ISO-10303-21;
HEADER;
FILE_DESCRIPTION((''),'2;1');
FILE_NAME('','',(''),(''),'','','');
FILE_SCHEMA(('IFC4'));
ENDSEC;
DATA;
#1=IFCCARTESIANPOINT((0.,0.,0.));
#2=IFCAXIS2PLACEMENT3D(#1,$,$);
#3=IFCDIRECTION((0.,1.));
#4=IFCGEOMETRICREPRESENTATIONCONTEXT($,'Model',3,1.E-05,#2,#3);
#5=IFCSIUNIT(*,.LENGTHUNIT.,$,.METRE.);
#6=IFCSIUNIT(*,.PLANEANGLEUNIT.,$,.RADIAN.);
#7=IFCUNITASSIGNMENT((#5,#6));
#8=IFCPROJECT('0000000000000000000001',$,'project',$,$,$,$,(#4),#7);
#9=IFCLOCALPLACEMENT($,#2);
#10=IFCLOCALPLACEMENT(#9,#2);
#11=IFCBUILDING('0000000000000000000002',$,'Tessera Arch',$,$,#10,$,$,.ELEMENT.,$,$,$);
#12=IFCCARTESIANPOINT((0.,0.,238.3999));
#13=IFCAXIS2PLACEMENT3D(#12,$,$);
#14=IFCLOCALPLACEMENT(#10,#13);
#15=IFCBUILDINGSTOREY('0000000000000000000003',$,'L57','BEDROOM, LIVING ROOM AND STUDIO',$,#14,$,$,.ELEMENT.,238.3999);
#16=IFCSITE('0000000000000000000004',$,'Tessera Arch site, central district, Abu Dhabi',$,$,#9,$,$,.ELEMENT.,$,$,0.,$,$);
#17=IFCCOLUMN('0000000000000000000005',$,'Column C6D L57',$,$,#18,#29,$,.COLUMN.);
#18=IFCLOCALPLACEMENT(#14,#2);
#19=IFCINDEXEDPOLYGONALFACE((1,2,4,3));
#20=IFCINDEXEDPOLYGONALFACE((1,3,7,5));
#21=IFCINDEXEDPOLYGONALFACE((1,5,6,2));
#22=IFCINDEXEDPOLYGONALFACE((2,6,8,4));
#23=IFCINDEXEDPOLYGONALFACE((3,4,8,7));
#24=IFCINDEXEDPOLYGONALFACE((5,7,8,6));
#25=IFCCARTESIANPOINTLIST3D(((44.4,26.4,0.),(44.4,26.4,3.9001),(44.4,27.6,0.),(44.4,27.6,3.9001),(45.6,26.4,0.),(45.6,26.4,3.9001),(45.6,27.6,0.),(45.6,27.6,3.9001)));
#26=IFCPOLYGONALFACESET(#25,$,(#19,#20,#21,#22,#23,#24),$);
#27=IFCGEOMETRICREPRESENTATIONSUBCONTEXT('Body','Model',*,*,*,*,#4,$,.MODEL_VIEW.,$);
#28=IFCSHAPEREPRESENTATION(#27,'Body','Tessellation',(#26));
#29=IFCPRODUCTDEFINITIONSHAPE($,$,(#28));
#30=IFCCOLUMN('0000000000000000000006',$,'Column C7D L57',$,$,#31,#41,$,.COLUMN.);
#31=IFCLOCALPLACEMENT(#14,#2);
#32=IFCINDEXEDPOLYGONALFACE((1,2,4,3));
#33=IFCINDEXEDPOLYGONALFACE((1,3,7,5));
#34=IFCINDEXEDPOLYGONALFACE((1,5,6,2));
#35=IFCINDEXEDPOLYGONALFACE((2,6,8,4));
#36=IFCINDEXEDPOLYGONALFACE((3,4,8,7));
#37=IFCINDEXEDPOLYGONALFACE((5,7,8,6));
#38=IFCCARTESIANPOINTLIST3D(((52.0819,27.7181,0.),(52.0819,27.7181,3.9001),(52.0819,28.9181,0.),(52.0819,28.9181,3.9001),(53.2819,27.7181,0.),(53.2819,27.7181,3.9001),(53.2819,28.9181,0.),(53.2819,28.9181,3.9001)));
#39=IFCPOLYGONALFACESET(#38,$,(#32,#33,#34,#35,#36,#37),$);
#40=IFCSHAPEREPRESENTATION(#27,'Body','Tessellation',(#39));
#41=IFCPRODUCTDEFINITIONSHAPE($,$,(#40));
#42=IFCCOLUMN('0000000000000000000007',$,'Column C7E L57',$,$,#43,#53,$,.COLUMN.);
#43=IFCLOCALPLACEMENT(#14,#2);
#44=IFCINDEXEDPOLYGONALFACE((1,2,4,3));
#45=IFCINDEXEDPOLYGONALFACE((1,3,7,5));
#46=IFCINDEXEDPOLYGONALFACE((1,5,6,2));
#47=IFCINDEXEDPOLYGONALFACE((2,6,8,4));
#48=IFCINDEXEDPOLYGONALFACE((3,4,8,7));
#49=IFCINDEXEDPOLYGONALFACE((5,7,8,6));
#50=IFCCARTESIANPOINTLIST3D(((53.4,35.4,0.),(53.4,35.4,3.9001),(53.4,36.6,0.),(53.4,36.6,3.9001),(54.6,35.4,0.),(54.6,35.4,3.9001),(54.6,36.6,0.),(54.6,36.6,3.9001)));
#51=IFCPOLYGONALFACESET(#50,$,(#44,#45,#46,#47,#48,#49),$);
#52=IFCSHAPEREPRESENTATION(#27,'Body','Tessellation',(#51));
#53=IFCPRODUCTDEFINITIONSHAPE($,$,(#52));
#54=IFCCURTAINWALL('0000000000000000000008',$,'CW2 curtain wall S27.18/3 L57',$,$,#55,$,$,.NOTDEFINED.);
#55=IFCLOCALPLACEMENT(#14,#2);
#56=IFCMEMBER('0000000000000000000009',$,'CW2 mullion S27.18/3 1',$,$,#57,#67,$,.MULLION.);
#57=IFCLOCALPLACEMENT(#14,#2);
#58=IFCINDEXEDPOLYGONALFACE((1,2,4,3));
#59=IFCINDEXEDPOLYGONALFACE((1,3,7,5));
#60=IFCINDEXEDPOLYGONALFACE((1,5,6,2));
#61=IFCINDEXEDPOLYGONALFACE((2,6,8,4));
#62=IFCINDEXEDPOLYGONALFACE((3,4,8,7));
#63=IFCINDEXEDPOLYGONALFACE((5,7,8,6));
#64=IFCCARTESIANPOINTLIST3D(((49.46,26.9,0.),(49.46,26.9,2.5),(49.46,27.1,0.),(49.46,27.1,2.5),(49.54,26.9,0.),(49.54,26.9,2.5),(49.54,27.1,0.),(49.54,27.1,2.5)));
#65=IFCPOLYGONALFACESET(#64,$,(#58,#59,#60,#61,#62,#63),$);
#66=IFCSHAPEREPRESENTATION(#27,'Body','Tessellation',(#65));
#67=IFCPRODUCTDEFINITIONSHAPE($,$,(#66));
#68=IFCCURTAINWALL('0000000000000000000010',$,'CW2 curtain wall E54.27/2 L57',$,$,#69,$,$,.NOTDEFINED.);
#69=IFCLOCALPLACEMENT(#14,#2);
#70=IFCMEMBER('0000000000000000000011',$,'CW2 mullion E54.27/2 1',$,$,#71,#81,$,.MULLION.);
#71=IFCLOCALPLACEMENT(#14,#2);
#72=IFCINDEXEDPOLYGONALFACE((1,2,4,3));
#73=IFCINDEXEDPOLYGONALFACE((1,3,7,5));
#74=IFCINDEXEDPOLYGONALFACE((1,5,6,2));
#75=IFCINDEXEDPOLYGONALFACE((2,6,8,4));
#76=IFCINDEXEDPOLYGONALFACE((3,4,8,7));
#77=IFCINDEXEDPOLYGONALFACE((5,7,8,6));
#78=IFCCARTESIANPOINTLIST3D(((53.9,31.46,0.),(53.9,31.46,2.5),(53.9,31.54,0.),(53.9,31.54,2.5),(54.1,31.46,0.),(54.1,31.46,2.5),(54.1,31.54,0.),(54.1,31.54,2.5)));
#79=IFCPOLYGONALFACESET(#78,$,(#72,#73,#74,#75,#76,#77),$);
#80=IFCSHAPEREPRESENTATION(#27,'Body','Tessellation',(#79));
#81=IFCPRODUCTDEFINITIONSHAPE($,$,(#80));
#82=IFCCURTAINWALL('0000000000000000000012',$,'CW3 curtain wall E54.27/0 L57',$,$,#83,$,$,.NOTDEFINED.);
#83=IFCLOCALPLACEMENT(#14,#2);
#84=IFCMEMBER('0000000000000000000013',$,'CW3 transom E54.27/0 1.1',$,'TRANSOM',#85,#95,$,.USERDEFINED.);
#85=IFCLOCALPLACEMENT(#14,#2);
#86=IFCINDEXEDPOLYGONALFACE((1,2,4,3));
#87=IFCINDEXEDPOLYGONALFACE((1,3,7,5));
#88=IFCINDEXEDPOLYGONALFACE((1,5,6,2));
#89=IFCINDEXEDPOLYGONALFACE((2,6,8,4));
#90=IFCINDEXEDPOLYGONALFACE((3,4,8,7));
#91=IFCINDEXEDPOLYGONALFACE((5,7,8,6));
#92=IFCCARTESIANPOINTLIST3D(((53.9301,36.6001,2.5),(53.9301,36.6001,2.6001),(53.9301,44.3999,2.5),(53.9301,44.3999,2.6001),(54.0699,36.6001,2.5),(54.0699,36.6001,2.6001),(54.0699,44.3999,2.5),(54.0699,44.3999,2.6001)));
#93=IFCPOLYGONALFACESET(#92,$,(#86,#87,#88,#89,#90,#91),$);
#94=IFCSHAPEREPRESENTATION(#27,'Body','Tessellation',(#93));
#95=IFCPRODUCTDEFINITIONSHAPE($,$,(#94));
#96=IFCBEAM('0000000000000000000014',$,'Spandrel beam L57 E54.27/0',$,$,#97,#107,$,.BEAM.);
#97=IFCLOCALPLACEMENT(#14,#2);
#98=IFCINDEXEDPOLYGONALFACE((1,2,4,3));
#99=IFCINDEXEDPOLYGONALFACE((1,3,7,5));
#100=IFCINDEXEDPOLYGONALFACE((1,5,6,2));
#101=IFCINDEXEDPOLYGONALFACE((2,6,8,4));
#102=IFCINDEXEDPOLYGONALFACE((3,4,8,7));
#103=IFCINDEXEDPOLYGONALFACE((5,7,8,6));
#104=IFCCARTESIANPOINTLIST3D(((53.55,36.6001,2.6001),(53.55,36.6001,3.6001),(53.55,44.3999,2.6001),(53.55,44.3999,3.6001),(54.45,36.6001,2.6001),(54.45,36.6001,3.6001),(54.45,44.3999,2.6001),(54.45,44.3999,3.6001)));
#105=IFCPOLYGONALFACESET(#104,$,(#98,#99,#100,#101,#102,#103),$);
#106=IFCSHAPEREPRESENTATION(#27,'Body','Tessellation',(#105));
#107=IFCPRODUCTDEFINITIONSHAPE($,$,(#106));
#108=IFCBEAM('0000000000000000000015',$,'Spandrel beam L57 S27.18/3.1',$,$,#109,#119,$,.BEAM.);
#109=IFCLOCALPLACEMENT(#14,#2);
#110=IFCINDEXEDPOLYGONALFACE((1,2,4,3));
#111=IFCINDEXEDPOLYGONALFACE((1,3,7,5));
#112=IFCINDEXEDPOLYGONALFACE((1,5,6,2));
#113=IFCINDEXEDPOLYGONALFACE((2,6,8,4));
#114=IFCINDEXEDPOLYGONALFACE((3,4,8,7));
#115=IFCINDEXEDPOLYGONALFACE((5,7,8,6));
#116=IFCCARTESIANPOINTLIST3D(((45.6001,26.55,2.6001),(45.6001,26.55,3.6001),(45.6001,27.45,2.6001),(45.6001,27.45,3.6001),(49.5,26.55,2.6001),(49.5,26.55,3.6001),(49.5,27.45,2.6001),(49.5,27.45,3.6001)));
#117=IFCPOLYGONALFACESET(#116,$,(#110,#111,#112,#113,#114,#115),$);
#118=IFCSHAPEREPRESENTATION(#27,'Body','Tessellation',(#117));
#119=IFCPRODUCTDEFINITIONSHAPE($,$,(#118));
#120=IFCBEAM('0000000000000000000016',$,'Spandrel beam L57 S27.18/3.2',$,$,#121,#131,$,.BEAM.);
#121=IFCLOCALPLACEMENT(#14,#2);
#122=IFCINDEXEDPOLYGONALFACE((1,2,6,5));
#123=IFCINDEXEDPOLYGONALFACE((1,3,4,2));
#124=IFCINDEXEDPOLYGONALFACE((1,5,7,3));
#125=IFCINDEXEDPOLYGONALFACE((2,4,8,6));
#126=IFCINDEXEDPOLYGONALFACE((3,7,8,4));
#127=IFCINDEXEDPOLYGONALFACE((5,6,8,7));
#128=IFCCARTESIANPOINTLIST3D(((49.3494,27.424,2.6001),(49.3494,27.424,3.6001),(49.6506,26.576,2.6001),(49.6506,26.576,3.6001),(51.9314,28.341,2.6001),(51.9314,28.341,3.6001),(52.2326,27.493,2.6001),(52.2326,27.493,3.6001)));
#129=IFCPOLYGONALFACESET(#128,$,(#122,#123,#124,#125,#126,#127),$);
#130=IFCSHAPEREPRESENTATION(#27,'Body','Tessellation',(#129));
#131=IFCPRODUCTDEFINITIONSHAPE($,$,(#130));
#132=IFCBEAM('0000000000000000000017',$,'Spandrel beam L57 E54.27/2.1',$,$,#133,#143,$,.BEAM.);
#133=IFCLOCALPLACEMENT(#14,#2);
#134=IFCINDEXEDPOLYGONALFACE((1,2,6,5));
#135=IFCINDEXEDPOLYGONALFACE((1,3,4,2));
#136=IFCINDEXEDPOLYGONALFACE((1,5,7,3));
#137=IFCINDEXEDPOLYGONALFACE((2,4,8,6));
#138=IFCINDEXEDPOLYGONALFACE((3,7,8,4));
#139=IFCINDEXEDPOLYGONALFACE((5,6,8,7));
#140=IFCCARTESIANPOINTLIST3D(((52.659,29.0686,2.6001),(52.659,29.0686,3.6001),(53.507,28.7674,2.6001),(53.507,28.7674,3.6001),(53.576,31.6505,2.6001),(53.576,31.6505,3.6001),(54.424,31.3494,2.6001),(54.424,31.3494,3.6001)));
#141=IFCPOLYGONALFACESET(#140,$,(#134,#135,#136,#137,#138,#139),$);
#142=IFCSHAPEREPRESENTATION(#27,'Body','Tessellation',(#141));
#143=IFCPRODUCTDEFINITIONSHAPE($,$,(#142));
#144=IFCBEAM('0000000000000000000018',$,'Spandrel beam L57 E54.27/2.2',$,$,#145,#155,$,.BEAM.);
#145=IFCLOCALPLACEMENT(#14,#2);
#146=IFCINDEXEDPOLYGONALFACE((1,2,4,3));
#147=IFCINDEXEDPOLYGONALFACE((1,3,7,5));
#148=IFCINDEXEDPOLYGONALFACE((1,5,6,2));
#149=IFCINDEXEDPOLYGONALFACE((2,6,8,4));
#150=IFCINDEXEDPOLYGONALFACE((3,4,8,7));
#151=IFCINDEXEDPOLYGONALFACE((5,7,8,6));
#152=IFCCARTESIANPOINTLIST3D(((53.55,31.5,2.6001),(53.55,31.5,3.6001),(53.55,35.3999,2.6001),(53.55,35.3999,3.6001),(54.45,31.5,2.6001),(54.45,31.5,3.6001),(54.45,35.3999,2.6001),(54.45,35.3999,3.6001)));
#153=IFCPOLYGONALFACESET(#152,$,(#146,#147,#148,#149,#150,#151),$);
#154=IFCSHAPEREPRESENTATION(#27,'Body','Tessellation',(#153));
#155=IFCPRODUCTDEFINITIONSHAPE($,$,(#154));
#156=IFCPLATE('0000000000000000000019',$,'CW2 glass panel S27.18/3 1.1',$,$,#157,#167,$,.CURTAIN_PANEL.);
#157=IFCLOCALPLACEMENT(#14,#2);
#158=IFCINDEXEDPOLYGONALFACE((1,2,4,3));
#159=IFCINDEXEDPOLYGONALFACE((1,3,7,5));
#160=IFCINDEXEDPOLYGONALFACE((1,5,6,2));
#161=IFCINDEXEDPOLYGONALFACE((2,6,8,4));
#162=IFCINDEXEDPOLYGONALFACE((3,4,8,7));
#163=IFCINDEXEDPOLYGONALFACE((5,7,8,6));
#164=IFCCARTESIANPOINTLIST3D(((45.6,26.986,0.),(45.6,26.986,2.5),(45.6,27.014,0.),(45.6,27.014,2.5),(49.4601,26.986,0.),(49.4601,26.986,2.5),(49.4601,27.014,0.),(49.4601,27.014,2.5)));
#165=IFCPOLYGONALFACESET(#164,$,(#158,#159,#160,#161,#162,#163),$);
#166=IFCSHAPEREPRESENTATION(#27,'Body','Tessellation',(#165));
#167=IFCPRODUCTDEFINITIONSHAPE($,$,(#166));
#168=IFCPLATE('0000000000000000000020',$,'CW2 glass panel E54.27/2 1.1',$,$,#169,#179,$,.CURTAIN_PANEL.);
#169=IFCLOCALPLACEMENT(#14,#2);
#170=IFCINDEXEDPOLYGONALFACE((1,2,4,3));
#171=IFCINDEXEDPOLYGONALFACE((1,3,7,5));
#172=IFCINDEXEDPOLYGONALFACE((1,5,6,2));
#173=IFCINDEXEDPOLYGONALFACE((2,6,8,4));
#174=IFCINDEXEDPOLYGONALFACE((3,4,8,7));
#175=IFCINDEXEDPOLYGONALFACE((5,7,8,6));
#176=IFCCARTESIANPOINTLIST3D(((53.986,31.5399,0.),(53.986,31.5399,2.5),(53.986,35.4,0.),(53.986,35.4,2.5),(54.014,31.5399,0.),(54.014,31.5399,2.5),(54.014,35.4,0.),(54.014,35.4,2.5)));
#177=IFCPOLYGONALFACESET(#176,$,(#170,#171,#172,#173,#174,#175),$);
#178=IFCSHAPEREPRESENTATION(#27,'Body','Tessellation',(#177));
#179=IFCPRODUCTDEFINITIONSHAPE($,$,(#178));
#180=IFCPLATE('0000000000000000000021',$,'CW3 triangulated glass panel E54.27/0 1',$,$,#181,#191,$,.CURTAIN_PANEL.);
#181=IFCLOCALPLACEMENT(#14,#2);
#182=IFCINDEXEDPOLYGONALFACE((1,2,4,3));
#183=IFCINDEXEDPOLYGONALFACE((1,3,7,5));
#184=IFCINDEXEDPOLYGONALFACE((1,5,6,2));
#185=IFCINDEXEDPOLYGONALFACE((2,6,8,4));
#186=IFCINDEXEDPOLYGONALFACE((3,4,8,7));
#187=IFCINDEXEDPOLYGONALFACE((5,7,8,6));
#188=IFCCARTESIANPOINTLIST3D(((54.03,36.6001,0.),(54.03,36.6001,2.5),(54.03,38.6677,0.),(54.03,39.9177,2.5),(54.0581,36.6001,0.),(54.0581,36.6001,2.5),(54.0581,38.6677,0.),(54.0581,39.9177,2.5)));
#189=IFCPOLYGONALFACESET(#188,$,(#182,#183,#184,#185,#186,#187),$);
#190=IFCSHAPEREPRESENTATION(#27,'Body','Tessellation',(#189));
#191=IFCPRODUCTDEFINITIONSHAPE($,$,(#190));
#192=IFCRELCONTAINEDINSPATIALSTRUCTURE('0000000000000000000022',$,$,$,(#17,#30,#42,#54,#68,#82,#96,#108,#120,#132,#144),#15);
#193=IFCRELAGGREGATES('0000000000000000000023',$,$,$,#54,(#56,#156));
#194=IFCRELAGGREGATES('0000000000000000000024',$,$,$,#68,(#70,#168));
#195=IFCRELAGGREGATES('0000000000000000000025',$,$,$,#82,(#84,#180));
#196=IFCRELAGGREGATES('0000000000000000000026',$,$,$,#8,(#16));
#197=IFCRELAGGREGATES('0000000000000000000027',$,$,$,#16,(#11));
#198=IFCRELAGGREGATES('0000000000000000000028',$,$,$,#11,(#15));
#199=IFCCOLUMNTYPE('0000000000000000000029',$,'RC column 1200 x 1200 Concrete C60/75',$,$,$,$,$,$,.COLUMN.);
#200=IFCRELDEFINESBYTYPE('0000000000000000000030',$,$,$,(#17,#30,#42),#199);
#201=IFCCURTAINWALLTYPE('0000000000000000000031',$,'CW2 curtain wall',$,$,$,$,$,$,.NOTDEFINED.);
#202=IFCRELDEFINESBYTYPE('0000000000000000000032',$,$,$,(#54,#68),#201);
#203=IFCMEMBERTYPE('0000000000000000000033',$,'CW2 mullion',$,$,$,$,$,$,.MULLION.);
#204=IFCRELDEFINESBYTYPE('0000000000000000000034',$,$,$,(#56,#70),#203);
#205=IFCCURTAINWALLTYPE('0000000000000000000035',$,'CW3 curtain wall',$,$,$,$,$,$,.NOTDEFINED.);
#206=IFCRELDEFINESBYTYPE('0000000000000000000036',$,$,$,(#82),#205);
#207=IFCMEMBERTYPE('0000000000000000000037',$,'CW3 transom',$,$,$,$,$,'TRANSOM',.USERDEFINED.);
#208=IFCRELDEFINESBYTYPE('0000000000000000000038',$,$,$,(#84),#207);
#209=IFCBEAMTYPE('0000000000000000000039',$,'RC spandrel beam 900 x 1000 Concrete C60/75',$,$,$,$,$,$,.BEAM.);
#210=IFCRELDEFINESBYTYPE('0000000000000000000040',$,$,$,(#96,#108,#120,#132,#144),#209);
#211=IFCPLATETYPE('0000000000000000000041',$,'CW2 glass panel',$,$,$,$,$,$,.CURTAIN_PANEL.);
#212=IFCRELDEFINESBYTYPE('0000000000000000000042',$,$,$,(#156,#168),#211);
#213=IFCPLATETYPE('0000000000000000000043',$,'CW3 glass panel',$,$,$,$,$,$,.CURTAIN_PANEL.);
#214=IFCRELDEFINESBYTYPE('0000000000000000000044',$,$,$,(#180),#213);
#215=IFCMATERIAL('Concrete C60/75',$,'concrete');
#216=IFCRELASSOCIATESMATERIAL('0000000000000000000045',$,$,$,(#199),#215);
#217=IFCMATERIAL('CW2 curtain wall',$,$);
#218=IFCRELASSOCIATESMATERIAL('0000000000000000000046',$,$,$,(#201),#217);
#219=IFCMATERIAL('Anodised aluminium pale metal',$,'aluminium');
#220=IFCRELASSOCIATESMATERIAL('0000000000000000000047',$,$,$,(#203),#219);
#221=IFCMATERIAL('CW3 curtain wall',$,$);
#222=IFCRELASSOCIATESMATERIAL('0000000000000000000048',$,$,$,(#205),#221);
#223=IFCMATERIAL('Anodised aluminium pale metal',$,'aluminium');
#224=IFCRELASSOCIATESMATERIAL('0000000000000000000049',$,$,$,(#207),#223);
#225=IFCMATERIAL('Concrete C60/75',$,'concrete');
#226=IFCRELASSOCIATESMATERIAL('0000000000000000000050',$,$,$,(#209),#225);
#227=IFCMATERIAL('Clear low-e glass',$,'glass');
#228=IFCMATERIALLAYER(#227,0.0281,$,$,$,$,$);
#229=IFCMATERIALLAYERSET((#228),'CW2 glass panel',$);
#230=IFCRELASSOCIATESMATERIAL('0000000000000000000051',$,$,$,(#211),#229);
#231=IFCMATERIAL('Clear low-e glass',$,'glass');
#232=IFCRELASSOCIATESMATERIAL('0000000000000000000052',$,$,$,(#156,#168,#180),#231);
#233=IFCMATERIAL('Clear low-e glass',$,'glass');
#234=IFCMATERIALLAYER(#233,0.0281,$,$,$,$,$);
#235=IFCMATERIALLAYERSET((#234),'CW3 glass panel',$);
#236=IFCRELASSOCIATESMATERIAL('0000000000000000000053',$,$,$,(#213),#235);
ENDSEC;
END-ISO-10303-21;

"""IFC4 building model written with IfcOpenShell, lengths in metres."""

from ifc_helpers import new_model, si_unit, direction, frame, origin, origin_2d, place, context, subcontext, project, spatial, polyline, rectangle, outline, extrude, material, layer, layer_set, material_profile, profile_set, type_object, element, aggregate, save


model = new_model("IFC4")

# Units and contexts
model_context = context("Model", 3, precision=1e-05, world=origin(), true_north=direction((0.0, 1.0)))
body_context = subcontext(model_context, "Body", "Model", "MODEL_VIEW")
ifc_project = project(units=[si_unit("LENGTHUNIT", "METRE"), si_unit("PLANEANGLEUNIT", "RADIAN")], contexts=[model_context])

# Site, building, storey
site_placement = place(None, origin())
site = spatial("IfcSite", under=ifc_project, at=site_placement, Name="Tessera Arch site, central district, Abu Dhabi", CompositionType="ELEMENT", RefElevation=0.0)
building_placement = place(site_placement, origin())
building = spatial("IfcBuilding", under=site, at=building_placement, Name="Tessera Arch", CompositionType="ELEMENT")
storey_placement = place(building_placement, frame((0.0, 0.0, 238.3999)))
storey = spatial("IfcBuildingStorey", under=building, at=storey_placement, Name="L57", Description="BEDROOM, LIVING ROOM AND STUDIO", CompositionType="ELEMENT", Elevation=238.3999)

# Columns
ifc_material_1 = material(Name="Concrete C60/75", Category="concrete")
ifc_material_profile_1 = material_profile(ifc_material_1, rectangle(XDim=1.2, YDim=1.2, at=origin_2d()), Name="RC column 1200 x 1200 Concrete C60/75")
ifc_profile_set_1 = profile_set([ifc_material_profile_1], Name="Concrete C60/75")
column_type = type_object("IfcColumnType", Name="RC column 1200 x 1200 Concrete C60/75", PredefinedType="COLUMN", material=ifc_profile_set_1)
for number, where, z_axis, x_axis, name in (
    (1, (45.0, 27.0, 0.0), (0.0, 0.0, 1.0), (1.0, 0.0, 0.0), "Column C6D L57"),
    (2, (52.6819, 28.3181, 0.0), (0.0, 0.0, 1.0), (1.0, 0.0, 0.0), "Column C7D L57"),
    (3, (54.0, 36.0, 0.0), (0.0, 0.0, 1.0), (1.0, 0.0, 0.0), "Column C7E L57"),
):
    element("IfcColumn", number, at=place(storey_placement, frame(where, z_axis=z_axis, x_axis=x_axis)), inside=storey, type_object=column_type, Name=name, PredefinedType="COLUMN", context=body_context, shape_type="SweptSolid", body=[
        extrude(rectangle(XDim=1.2, YDim=1.2, at=origin_2d()), origin(), (0.0, 0.0, 1.0), 3.9001),
    ])

# Curtain walls, members
ifc_material_2 = material(Name="CW2 curtain wall")
curtain_wall_type_1 = type_object("IfcCurtainWallType", Name="CW2 curtain wall", PredefinedType="NOTDEFINED", material=ifc_material_2)
curtain_wall_1_placement = place(storey_placement, origin())
curtain_wall_1 = element("IfcCurtainWall", 4, at=curtain_wall_1_placement, inside=storey, type_object=curtain_wall_type_1, Name="CW2 curtain wall S27.18/3 L57", PredefinedType="NOTDEFINED")
ifc_material_3 = material(Name="Anodised aluminium pale metal", Category="aluminium")
ifc_material_profile_2 = material_profile(ifc_material_3, rectangle(XDim=0.2, YDim=0.0801, at=origin_2d()), Name="AL 80x200")
ifc_profile_set_2 = profile_set([ifc_material_profile_2], Name="Anodised aluminium pale metal")
member_type_1 = type_object("IfcMemberType", Name="CW2 mullion", PredefinedType="MULLION", material=ifc_profile_set_2)
member_1_placement = place(storey_placement, frame((49.5, 27.0, 0.0), z_axis=(0.0, 0.0, 1.0), x_axis=(0.0, 1.0, 0.0)))
member_1 = element("IfcMember", 5, at=member_1_placement, type_object=member_type_1, Name="CW2 mullion S27.18/3 1", PredefinedType="MULLION", context=body_context, shape_type="SweptSolid", body=[
    extrude(rectangle(XDim=0.2, YDim=0.0801, at=origin_2d()), origin(), (0.0, 0.0, 1.0), 2.5),
])
curtain_wall_2_placement = place(storey_placement, origin())
curtain_wall_2 = element("IfcCurtainWall", 6, at=curtain_wall_2_placement, inside=storey, type_object=curtain_wall_type_1, Name="CW2 curtain wall E54.27/2 L57", PredefinedType="NOTDEFINED")
member_2_placement = place(storey_placement, frame((54.0, 31.5, 0.0), z_axis=(0.0, 0.0, 1.0), x_axis=(-1.0, 0.0, 0.0)))
member_2 = element("IfcMember", 7, at=member_2_placement, type_object=member_type_1, Name="CW2 mullion E54.27/2 1", PredefinedType="MULLION", context=body_context, shape_type="SweptSolid", body=[
    extrude(rectangle(XDim=0.2, YDim=0.0801, at=origin_2d()), origin(), (0.0, 0.0, 1.0), 2.5),
])
ifc_material_4 = material(Name="CW3 curtain wall")
curtain_wall_type_2 = type_object("IfcCurtainWallType", Name="CW3 curtain wall", PredefinedType="NOTDEFINED", material=ifc_material_4)
curtain_wall_3_placement = place(storey_placement, origin())
curtain_wall_3 = element("IfcCurtainWall", 8, at=curtain_wall_3_placement, inside=storey, type_object=curtain_wall_type_2, Name="CW3 curtain wall E54.27/0 L57", PredefinedType="NOTDEFINED")
ifc_material_5 = material(Name="Anodised aluminium pale metal", Category="aluminium")
ifc_material_profile_3 = material_profile(ifc_material_5, rectangle(XDim=0.1399, YDim=0.1001, at=origin_2d()), Name="AL 140x100")
ifc_profile_set_3 = profile_set([ifc_material_profile_3], Name="Anodised aluminium pale metal")
member_type_2 = type_object("IfcMemberType", Name="CW3 transom", ElementType="TRANSOM", PredefinedType="USERDEFINED", material=ifc_profile_set_3)
member_3_placement = place(storey_placement, frame((54.0, 36.6001, 2.55), z_axis=(0.0, 1.0, 0.0), x_axis=(-1.0, 0.0, 0.0)))
member_3 = element("IfcMember", 9, at=member_3_placement, type_object=member_type_2, Name="CW3 transom E54.27/0 1.1", ObjectType="TRANSOM", PredefinedType="USERDEFINED", context=body_context, shape_type="SweptSolid", body=[
    extrude(rectangle(XDim=0.1399, YDim=0.1001, at=origin_2d()), origin(), (0.0, 0.0, 1.0), 7.7998),
])

# Beams
ifc_material_6 = material(Name="Concrete C60/75", Category="concrete")
ifc_material_profile_4 = material_profile(ifc_material_6, rectangle(XDim=0.8999, YDim=1.0, at=origin_2d()), Name="RC spandrel beam 900 x 1000 Concrete C60/75")
ifc_profile_set_4 = profile_set([ifc_material_profile_4], Name="Concrete C60/75")
beam_type = type_object("IfcBeamType", Name="RC spandrel beam 900 x 1000 Concrete C60/75", PredefinedType="BEAM", material=ifc_profile_set_4)
beam_1_placement = place(storey_placement, frame((54.0, 36.6001, 3.1001), z_axis=(0.0, 1.0, 0.0), x_axis=(-1.0, 0.0, 0.0)))
element("IfcBeam", 10, at=beam_1_placement, inside=storey, type_object=beam_type, Name="Spandrel beam L57 E54.27/0", PredefinedType="BEAM", context=body_context, shape_type="SweptSolid", body=[
    extrude(rectangle(XDim=0.8999, YDim=1.0, at=origin_2d()), origin(), (0.0, 0.0, 1.0), 7.7998),
])
beam_2_placement = place(storey_placement, frame((45.6001, 27.0, 3.1001), z_axis=(1.0, 0.0, 0.0), x_axis=(0.0, 1.0, 0.0)))
element("IfcBeam", 11, at=beam_2_placement, inside=storey, type_object=beam_type, Name="Spandrel beam L57 S27.18/3.1", PredefinedType="BEAM", context=body_context, shape_type="SweptSolid", body=[
    extrude(rectangle(XDim=0.8999, YDim=1.0, at=origin_2d()), origin(), (0.0, 0.0, 1.0), 3.8999),
])
for number, where, z_axis, x_axis, name in (
    (12, (49.5, 27.0, 3.1001), (0.942337, 0.334665, 0.0), (-0.334665, 0.942337, 0.0), "Spandrel beam L57 S27.18/3.2"),
    (13, (53.083, 28.918, 3.1001), (0.334665, 0.942337, 0.0), (-0.942337, 0.334665, 0.0), "Spandrel beam L57 E54.27/2.1"),
):
    element("IfcBeam", number, at=place(storey_placement, frame(where, z_axis=z_axis, x_axis=x_axis)), inside=storey, type_object=beam_type, Name=name, PredefinedType="BEAM", context=body_context, shape_type="SweptSolid", body=[
        extrude(rectangle(XDim=0.8999, YDim=1.0, at=origin_2d()), origin(), (0.0, 0.0, 1.0), 2.74),
    ])
beam_3_placement = place(storey_placement, frame((54.0, 31.5, 3.1001), z_axis=(0.0, 1.0, 0.0), x_axis=(-1.0, 0.0, 0.0)))
element("IfcBeam", 14, at=beam_3_placement, inside=storey, type_object=beam_type, Name="Spandrel beam L57 E54.27/2.2", PredefinedType="BEAM", context=body_context, shape_type="SweptSolid", body=[
    extrude(rectangle(XDim=0.8999, YDim=1.0, at=origin_2d()), origin(), (0.0, 0.0, 1.0), 3.8999),
])

# Plates
ifc_material_7 = material(Name="Clear low-e glass", Category="glass")
ifc_material_8 = material(Name="Clear low-e glass", Category="glass")
ifc_layer_1 = layer(ifc_material_8, 0.0281)
ifc_layer_set_1 = layer_set([ifc_layer_1], Name="CW2 glass panel")
plate_type_1 = type_object("IfcPlateType", Name="CW2 glass panel", PredefinedType="CURTAIN_PANEL", material=ifc_layer_set_1)
plate_1_placement = place(storey_placement, frame((47.53, 27.0, 0.0), z_axis=(0.0, 0.0, 1.0), x_axis=(1.0, 0.0, 0.0)))
plate_1 = element("IfcPlate", 15, at=plate_1_placement, type_object=plate_type_1, material=ifc_material_7, Name="CW2 glass panel S27.18/3 1.1", PredefinedType="CURTAIN_PANEL", context=body_context, shape_type="SweptSolid", body=[
    extrude(rectangle(XDim=3.8601, YDim=0.0281, at=origin_2d()), origin(), (0.0, 0.0, 1.0), 2.5),
])
aggregate(curtain_wall_1, [member_1, plate_1])
plate_2_placement = place(storey_placement, frame((54.0, 33.47, 0.0), z_axis=(0.0, 0.0, 1.0), x_axis=(0.0, 1.0, 0.0)))
plate_2 = element("IfcPlate", 16, at=plate_2_placement, type_object=plate_type_1, material=ifc_material_7, Name="CW2 glass panel E54.27/2 1.1", PredefinedType="CURTAIN_PANEL", context=body_context, shape_type="SweptSolid", body=[
    extrude(rectangle(XDim=3.8601, YDim=0.0281, at=origin_2d()), origin(), (0.0, 0.0, 1.0), 2.5),
])
aggregate(curtain_wall_2, [member_2, plate_2])
ifc_material_9 = material(Name="Clear low-e glass", Category="glass")
ifc_layer_2 = layer(ifc_material_9, 0.0281)
ifc_layer_set_2 = layer_set([ifc_layer_2], Name="CW3 glass panel")
plate_type_2 = type_object("IfcPlateType", Name="CW3 glass panel", PredefinedType="CURTAIN_PANEL", material=ifc_layer_set_2)
plate_3_placement = place(storey_placement, frame((54.0581, 36.6001, 0.0), z_axis=(1.0, 0.0, 0.0), x_axis=(0.0, 1.0, 0.0)))
plate_3 = element("IfcPlate", 17, at=plate_3_placement, type_object=plate_type_2, material=ifc_material_7, Name="CW3 triangulated glass panel E54.27/0 1", PredefinedType="CURTAIN_PANEL", context=body_context, shape_type="SweptSolid", body=[
    extrude(outline(polyline([(0.0, 0.0), (2.0676, 0.0), (3.3176, 2.5), (0.0, 2.5), (0.0, 0.0)])), origin(), (0.0, 0.0, -1.0), 0.0281),
])
aggregate(curtain_wall_3, [member_3, plate_3])

save(model, "model.ifc")
